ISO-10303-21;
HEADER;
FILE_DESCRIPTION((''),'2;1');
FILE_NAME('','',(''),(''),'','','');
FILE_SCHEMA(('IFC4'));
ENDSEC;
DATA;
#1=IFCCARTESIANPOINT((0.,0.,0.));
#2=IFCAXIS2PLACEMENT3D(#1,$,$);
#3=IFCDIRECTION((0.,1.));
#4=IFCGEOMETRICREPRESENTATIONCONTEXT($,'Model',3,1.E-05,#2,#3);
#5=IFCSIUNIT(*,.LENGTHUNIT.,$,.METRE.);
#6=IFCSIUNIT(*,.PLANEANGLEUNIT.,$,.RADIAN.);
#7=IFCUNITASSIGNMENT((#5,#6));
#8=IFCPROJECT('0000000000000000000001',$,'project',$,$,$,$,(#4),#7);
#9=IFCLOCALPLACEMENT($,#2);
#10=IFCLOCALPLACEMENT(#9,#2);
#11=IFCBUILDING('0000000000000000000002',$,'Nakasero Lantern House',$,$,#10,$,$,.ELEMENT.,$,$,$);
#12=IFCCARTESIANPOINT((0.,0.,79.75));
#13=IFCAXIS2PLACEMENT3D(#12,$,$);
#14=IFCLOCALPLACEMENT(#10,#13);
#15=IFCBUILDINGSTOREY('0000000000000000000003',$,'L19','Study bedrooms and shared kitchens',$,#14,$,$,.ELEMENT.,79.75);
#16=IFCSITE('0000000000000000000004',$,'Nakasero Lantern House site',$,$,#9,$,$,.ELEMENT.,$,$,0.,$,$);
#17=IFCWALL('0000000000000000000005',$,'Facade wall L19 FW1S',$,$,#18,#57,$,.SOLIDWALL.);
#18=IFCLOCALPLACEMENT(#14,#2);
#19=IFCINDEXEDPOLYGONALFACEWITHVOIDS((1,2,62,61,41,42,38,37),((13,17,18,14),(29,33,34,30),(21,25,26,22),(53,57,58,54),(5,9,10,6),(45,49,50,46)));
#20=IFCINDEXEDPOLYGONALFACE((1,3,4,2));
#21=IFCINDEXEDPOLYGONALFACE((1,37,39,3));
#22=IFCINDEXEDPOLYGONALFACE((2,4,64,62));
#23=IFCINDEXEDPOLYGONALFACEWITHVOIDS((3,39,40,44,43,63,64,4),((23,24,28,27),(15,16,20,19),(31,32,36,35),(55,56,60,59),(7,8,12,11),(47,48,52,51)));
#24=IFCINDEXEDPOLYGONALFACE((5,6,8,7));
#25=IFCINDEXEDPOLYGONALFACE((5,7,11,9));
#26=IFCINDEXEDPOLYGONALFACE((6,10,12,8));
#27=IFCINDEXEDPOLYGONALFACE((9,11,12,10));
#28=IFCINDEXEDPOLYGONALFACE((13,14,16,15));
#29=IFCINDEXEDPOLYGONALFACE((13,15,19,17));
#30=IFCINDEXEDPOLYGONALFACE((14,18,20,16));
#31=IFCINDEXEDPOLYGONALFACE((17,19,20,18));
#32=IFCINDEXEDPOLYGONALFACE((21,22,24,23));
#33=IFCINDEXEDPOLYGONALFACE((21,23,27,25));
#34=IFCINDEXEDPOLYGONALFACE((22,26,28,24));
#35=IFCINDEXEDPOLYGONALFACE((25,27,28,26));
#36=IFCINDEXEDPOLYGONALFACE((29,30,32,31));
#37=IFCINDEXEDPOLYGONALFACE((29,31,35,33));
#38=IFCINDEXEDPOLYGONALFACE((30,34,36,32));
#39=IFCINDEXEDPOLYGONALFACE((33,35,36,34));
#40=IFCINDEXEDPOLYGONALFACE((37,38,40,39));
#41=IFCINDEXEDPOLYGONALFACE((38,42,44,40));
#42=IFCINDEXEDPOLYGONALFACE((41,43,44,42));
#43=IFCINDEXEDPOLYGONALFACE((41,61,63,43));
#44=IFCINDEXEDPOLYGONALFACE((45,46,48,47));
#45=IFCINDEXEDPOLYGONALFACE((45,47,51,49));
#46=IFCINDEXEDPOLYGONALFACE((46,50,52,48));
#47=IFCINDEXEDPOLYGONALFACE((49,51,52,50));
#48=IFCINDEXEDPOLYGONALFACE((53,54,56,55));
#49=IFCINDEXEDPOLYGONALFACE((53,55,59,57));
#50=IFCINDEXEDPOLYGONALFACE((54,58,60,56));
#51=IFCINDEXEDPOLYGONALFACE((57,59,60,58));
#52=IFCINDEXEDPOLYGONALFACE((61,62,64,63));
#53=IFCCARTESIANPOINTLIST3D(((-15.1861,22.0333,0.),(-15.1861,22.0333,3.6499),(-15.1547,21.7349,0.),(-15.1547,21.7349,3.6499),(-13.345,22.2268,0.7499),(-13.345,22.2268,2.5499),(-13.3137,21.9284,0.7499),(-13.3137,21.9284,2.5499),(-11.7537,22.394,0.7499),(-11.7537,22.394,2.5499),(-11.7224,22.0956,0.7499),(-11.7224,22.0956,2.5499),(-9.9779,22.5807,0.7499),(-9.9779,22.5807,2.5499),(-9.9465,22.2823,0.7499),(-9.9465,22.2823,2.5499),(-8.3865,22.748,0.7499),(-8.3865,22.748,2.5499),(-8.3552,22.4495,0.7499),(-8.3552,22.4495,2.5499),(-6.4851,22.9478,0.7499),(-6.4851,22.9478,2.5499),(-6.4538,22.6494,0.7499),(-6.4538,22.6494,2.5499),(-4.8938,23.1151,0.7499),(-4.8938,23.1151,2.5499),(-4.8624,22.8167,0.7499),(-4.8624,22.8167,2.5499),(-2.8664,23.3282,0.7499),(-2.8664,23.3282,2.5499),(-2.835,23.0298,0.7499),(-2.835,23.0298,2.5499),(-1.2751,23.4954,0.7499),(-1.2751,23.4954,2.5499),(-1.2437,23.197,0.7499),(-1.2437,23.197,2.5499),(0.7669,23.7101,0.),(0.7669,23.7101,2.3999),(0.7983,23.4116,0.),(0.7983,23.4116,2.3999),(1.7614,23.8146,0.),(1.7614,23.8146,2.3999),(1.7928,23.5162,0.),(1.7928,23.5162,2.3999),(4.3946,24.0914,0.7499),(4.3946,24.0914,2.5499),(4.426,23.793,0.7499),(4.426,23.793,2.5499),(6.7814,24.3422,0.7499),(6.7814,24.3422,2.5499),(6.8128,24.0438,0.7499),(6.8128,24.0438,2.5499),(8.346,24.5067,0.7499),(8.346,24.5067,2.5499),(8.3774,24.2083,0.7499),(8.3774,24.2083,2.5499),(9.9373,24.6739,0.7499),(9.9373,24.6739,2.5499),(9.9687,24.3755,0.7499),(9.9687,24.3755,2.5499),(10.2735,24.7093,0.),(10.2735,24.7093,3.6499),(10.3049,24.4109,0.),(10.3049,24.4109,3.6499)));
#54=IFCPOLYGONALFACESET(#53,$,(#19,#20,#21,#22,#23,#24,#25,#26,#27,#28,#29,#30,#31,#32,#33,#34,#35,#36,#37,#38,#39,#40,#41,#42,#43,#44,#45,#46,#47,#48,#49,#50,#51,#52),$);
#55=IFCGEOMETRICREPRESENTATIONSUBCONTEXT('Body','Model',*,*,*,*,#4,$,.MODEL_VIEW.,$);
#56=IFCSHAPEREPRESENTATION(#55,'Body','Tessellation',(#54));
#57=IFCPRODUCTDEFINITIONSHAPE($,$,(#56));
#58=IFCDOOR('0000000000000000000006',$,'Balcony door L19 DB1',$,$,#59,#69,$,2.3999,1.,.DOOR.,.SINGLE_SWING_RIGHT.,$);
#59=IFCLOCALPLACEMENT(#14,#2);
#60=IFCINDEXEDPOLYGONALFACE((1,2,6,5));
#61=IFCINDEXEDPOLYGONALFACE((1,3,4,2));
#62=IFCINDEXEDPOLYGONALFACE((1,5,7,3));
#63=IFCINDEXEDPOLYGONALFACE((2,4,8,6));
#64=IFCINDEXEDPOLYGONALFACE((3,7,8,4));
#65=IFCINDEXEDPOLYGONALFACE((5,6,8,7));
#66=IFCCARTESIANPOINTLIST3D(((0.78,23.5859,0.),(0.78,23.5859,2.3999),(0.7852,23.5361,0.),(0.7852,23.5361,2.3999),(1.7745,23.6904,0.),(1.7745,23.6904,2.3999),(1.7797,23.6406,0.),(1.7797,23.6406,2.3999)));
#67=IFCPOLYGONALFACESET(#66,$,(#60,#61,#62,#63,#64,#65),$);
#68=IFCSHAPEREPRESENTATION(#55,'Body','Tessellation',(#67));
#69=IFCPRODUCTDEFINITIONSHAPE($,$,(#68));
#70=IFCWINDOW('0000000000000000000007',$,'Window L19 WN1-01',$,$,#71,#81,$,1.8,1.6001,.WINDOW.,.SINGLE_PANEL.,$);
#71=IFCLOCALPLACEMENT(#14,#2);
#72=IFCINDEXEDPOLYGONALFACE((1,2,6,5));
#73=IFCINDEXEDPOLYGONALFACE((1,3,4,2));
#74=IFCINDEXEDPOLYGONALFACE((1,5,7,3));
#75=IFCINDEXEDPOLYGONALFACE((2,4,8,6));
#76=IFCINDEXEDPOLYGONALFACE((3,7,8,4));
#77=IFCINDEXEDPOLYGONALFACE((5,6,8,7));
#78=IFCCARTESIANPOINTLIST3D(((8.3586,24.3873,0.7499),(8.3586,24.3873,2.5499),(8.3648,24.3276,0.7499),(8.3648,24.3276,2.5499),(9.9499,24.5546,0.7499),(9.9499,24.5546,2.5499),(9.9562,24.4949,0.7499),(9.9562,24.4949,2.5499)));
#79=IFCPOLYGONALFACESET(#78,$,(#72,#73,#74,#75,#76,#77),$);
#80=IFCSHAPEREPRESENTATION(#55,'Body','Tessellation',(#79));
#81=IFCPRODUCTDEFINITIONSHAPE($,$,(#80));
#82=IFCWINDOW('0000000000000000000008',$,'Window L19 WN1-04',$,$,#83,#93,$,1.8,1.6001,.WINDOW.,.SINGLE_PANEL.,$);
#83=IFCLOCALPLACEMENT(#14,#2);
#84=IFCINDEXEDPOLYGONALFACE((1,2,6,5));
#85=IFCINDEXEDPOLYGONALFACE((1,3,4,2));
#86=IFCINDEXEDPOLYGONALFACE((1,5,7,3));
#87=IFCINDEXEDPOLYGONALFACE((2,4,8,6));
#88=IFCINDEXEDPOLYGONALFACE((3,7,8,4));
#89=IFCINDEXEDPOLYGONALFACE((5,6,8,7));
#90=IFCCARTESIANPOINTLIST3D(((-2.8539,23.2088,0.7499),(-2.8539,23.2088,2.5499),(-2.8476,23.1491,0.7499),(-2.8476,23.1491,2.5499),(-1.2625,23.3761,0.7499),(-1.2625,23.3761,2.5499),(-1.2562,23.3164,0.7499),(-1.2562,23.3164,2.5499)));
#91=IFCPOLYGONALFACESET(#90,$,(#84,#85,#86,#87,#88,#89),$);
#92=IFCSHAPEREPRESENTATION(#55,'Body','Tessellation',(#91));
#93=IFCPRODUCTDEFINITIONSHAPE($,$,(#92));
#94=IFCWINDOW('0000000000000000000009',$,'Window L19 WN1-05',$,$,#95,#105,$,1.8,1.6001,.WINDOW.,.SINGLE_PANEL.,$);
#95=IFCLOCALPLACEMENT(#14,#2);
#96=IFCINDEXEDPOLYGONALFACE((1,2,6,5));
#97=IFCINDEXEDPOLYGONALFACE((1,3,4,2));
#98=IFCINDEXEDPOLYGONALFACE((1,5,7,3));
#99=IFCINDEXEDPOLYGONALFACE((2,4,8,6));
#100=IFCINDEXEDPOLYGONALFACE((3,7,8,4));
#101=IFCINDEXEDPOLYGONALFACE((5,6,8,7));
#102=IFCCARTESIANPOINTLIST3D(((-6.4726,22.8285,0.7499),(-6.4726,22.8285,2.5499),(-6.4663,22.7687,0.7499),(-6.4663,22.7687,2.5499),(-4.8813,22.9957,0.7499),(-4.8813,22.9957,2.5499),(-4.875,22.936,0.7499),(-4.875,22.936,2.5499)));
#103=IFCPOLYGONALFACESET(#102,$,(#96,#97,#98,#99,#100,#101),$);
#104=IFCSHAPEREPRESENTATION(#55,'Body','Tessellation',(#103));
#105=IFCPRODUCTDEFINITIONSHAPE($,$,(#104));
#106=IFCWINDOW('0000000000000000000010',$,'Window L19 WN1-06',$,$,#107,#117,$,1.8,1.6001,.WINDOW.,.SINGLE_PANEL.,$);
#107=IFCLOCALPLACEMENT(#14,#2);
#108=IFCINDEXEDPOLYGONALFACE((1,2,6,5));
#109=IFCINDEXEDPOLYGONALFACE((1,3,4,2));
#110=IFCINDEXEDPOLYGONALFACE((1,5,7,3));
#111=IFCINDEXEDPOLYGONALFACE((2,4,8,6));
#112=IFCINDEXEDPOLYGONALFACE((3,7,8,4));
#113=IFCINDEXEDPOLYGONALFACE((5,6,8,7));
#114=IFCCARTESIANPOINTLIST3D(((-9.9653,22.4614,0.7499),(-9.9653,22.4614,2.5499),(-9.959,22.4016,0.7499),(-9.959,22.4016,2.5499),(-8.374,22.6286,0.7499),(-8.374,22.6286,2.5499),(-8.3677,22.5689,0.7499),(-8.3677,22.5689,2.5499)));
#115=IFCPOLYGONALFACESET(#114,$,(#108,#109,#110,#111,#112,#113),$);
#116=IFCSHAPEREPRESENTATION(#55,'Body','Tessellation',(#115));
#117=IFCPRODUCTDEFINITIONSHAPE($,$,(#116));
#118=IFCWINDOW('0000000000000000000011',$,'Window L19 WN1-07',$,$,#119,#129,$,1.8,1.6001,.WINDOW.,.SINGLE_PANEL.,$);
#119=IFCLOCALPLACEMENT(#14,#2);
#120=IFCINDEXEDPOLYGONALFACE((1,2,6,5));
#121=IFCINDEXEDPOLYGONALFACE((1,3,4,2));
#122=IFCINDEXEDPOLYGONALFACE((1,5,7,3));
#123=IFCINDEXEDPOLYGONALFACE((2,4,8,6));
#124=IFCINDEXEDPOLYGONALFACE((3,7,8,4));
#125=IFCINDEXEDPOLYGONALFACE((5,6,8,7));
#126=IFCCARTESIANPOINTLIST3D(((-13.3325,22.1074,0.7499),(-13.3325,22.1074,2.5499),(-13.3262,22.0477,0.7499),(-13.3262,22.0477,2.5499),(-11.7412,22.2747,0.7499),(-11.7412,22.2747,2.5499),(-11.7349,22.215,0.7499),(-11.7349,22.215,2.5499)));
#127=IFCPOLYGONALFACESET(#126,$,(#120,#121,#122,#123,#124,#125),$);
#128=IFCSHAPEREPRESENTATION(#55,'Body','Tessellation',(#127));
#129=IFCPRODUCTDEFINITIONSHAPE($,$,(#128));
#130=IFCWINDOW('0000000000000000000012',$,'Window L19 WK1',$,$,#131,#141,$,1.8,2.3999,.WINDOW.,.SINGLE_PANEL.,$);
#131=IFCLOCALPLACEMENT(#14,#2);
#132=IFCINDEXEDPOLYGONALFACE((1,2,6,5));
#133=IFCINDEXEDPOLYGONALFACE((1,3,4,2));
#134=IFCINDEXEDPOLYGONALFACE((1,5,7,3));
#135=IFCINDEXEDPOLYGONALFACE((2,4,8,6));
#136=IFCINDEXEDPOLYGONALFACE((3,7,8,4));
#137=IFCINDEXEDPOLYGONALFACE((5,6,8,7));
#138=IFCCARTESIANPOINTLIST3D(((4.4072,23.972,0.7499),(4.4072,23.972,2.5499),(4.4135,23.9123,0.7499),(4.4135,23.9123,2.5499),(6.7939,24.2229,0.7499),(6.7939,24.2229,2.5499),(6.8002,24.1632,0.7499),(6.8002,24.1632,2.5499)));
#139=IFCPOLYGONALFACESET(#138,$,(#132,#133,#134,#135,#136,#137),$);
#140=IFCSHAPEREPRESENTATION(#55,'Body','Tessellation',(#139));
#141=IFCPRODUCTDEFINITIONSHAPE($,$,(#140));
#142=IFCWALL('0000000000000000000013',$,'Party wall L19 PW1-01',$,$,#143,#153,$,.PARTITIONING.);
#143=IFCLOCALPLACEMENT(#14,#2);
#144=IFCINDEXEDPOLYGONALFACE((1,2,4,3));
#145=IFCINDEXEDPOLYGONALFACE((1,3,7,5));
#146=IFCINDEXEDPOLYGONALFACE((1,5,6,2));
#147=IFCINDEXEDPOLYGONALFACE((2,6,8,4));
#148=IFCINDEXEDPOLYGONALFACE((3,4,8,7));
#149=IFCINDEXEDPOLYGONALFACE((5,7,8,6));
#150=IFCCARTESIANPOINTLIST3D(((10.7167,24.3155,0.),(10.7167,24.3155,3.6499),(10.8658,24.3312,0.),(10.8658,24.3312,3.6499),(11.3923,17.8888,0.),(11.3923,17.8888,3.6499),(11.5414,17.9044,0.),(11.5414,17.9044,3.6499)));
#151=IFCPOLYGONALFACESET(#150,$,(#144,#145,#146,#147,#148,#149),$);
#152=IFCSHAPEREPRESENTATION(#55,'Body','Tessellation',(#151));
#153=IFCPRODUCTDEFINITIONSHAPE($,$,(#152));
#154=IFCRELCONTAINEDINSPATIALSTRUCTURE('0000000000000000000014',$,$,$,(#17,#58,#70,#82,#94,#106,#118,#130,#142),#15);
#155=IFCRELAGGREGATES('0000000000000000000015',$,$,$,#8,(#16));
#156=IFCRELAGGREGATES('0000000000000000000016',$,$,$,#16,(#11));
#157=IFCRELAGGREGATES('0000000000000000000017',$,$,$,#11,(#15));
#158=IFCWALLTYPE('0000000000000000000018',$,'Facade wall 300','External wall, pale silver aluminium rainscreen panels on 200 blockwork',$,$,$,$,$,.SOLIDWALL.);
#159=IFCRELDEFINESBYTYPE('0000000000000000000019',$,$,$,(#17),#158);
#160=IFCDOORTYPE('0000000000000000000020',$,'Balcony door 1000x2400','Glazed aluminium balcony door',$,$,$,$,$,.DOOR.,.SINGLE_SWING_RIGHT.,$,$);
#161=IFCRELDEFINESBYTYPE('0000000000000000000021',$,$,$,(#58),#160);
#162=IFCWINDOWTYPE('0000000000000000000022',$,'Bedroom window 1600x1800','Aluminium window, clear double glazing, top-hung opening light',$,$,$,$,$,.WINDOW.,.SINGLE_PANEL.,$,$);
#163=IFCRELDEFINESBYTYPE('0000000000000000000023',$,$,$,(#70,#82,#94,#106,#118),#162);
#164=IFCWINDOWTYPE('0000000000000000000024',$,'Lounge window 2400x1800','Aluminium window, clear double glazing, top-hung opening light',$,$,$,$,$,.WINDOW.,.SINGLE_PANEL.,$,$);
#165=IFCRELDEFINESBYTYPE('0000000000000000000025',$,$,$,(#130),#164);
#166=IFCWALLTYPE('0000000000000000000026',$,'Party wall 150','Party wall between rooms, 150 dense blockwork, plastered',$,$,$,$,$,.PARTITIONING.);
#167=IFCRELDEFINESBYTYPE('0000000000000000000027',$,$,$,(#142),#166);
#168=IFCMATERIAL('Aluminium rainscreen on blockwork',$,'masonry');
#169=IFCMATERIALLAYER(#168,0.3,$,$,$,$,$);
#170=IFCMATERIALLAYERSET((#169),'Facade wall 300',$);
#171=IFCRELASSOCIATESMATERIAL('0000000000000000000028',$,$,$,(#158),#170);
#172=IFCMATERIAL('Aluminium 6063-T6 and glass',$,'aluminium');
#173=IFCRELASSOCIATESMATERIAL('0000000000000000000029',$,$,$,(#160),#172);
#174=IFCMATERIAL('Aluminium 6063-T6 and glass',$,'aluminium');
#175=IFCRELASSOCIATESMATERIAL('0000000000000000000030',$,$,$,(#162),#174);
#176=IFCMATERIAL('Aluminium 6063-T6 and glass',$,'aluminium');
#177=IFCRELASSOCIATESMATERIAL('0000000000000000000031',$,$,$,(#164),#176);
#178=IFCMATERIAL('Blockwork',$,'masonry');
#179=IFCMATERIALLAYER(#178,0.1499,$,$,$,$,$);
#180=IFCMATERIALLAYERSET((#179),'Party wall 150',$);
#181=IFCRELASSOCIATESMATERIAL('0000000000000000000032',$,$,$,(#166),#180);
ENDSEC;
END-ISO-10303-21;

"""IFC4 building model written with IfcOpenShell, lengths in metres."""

from ifc_helpers import new_model, si_unit, direction, frame, frame_2d, origin, place, context, subcontext, project, spatial, rectangle, extrude, material, layer, layer_set, type_object, element, fill, save


model = new_model("IFC4")

# Units and contexts
model_context = context("Model", 3, precision=1e-05, world=origin(), true_north=direction((0.0, 1.0)))
body_context = subcontext(model_context, "Body", "Model", "MODEL_VIEW")
ifc_project = project(units=[si_unit("LENGTHUNIT", "METRE"), si_unit("PLANEANGLEUNIT", "RADIAN")], contexts=[model_context])

# Site, building, storey
site_placement = place(None, origin())
site = spatial("IfcSite", under=ifc_project, at=site_placement, Name="Nakasero Lantern House site", CompositionType="ELEMENT", RefElevation=0.0)
building_placement = place(site_placement, origin())
building = spatial("IfcBuilding", under=site, at=building_placement, Name="Nakasero Lantern House", CompositionType="ELEMENT")
storey_placement = place(building_placement, frame((0.0, 0.0, 79.75)))
storey = spatial("IfcBuildingStorey", under=building, at=storey_placement, Name="L19", Description="Study bedrooms and shared kitchens", CompositionType="ELEMENT", Elevation=79.75)

# Wall, openings, door, windows
ifc_material_1 = material(Name="Aluminium rainscreen on blockwork", Category="masonry")
ifc_layer_1 = layer(ifc_material_1, 0.3)
ifc_layer_set_1 = layer_set([ifc_layer_1], Name="Facade wall 300")
wall_type_1 = type_object("IfcWallType", Name="Facade wall 300", Description="External wall, pale silver aluminium rainscreen panels on 200 blockwork", PredefinedType="SOLIDWALL", material=ifc_layer_set_1)
wall_1_placement = place(storey_placement, frame((10.2891, 24.5601, 0.0), z_axis=(0.0, 0.0, 1.0), x_axis=(-0.994521, -0.104532, 0.0)))
wall_1 = element("IfcWall", 1, at=wall_1_placement, inside=storey, type_object=wall_type_1, Name="Facade wall L19 FW1S", PredefinedType="SOLIDWALL", context=body_context, shape_type="SweptSolid", body=[
    extrude(rectangle(XDim=25.5999, YDim=0.3, at=frame_2d((12.7998, 0.0))), origin(), (0.0, 0.0, 1.0), 3.6499),
])
opening_1_placement = place(wall_1_placement, frame((0.3379, 0.0, 0.75)))
opening_1 = element("IfcOpeningElement", 2, at=opening_1_placement, cuts=wall_1, PredefinedType="OPENING", context=body_context, shape_type="SweptSolid", body=[
    extrude(rectangle(XDim=1.6001, YDim=1.8, at=frame_2d((0.8, 0.8999))), frame((0.0, 0.1699, 0.0), z_axis=(0.0, -1.0, 0.0), x_axis=(1.0, 0.0, 0.0)), (0.0, 0.0, 1.0), 0.3401),
])
opening_2_placement = place(wall_1_placement, frame((11.6121, 0.0, 0.75)))
opening_2 = element("IfcOpeningElement", 3, at=opening_2_placement, cuts=wall_1, PredefinedType="OPENING", context=body_context, shape_type="SweptSolid", body=[
    extrude(rectangle(XDim=1.6001, YDim=1.8, at=frame_2d((0.8, 0.8999))), frame((0.0, 0.1699, 0.0), z_axis=(0.0, -1.0, 0.0), x_axis=(1.0, 0.0, 0.0)), (0.0, 0.0, 1.0), 0.3401),
])
opening_3_placement = place(wall_1_placement, frame((15.2507, 0.0, 0.75)))
opening_3 = element("IfcOpeningElement", 4, at=opening_3_placement, cuts=wall_1, PredefinedType="OPENING", context=body_context, shape_type="SweptSolid", body=[
    extrude(rectangle(XDim=1.6001, YDim=1.8, at=frame_2d((0.8, 0.8999))), frame((0.0, 0.1699, 0.0), z_axis=(0.0, -1.0, 0.0), x_axis=(1.0, 0.0, 0.0)), (0.0, 0.0, 1.0), 0.3401),
])
opening_4_placement = place(wall_1_placement, frame((18.7627, 0.0, 0.75)))
opening_4 = element("IfcOpeningElement", 5, at=opening_4_placement, cuts=wall_1, PredefinedType="OPENING", context=body_context, shape_type="SweptSolid", body=[
    extrude(rectangle(XDim=1.6001, YDim=1.8, at=frame_2d((0.8, 0.8999))), frame((0.0, 0.1699, 0.0), z_axis=(0.0, -1.0, 0.0), x_axis=(1.0, 0.0, 0.0)), (0.0, 0.0, 1.0), 0.3401),
])
opening_5_placement = place(wall_1_placement, frame((22.1484, 0.0, 0.75)))
opening_5 = element("IfcOpeningElement", 6, at=opening_5_placement, cuts=wall_1, PredefinedType="OPENING", context=body_context, shape_type="SweptSolid", body=[
    extrude(rectangle(XDim=1.6001, YDim=1.8, at=frame_2d((0.8, 0.8999))), frame((0.0, 0.1699, 0.0), z_axis=(0.0, -1.0, 0.0), x_axis=(1.0, 0.0, 0.0)), (0.0, 0.0, 1.0), 0.3401),
])
opening_6_placement = place(wall_1_placement, frame((3.5112, 0.0, 0.75)))
opening_6 = element("IfcOpeningElement", 7, at=opening_6_placement, cuts=wall_1, PredefinedType="OPENING", context=body_context, shape_type="SweptSolid", body=[
    extrude(rectangle(XDim=2.3999, YDim=1.8, at=frame_2d((1.2, 0.8999))), frame((0.0, 0.1699, 0.0), z_axis=(0.0, -1.0, 0.0), x_axis=(1.0, 0.0, 0.0)), (0.0, 0.0, 1.0), 0.3401),
])
opening_7_placement = place(wall_1_placement, frame((8.5588, 0.0, 0.0)))
opening_7 = element("IfcOpeningElement", 8, at=opening_7_placement, cuts=wall_1, PredefinedType="OPENING", context=body_context, shape_type="SweptSolid", body=[
    extrude(rectangle(XDim=1.0, YDim=2.3999, at=frame_2d((0.5, 1.2))), frame((0.0, 0.1699, 0.0), z_axis=(0.0, -1.0, 0.0), x_axis=(1.0, 0.0, 0.0)), (0.0, 0.0, 1.0), 0.3401),
])
ifc_material_2 = material(Name="Aluminium 6063-T6 and glass", Category="aluminium")
door_type_1 = type_object("IfcDoorType", Name="Balcony door 1000x2400", Description="Glazed aluminium balcony door", OperationType="SINGLE_SWING_RIGHT", PredefinedType="DOOR", material=ifc_material_2)
door_1_placement = place(opening_7_placement, origin())
door_1 = element("IfcDoor", 9, at=door_1_placement, inside=storey, type_object=door_type_1, Name="Balcony door L19 DB1", OperationType="SINGLE_SWING_RIGHT", OverallHeight=2.3999, OverallWidth=1.0, PredefinedType="DOOR", context=body_context, shape_type="SweptSolid", body=[
    extrude(rectangle(XDim=1.0, YDim=2.3999, at=frame_2d((0.5, 1.2))), frame((0.0, 0.0249, 0.0), z_axis=(0.0, -1.0, 0.0), x_axis=(1.0, 0.0, 0.0)), (0.0, 0.0, 1.0), 0.05),
])
fill(opening_7, door_1)
ifc_material_3 = material(Name="Aluminium 6063-T6 and glass", Category="aluminium")
window_type_1 = type_object("IfcWindowType", Name="Bedroom window 1600x1800", Description="Aluminium window, clear double glazing, top-hung opening light", PartitioningType="SINGLE_PANEL", PredefinedType="WINDOW", material=ifc_material_3)
window_1_placement = place(opening_1_placement, origin())
window_1 = element("IfcWindow", 10, at=window_1_placement, inside=storey, type_object=window_type_1, Name="Window L19 WN1-01", OverallHeight=1.8, OverallWidth=1.6001, PartitioningType="SINGLE_PANEL", PredefinedType="WINDOW", context=body_context, shape_type="SweptSolid", body=[
    extrude(rectangle(XDim=1.6001, YDim=1.8, at=frame_2d((0.8, 0.8999))), frame((0.0, 0.03, 0.0), z_axis=(0.0, -1.0, 0.0), x_axis=(1.0, 0.0, 0.0)), (0.0, 0.0, 1.0), 0.0601),
])
fill(opening_1, window_1)
window_2_placement = place(opening_2_placement, origin())
window_2 = element("IfcWindow", 11, at=window_2_placement, inside=storey, type_object=window_type_1, Name="Window L19 WN1-04", OverallHeight=1.8, OverallWidth=1.6001, PartitioningType="SINGLE_PANEL", PredefinedType="WINDOW", context=body_context, shape_type="SweptSolid", body=[
    extrude(rectangle(XDim=1.6001, YDim=1.8, at=frame_2d((0.8, 0.8999))), frame((0.0, 0.03, 0.0), z_axis=(0.0, -1.0, 0.0), x_axis=(1.0, 0.0, 0.0)), (0.0, 0.0, 1.0), 0.0601),
])
fill(opening_2, window_2)
window_3_placement = place(opening_3_placement, origin())
window_3 = element("IfcWindow", 12, at=window_3_placement, inside=storey, type_object=window_type_1, Name="Window L19 WN1-05", OverallHeight=1.8, OverallWidth=1.6001, PartitioningType="SINGLE_PANEL", PredefinedType="WINDOW", context=body_context, shape_type="SweptSolid", body=[
    extrude(rectangle(XDim=1.6001, YDim=1.8, at=frame_2d((0.8, 0.8999))), frame((0.0, 0.03, 0.0), z_axis=(0.0, -1.0, 0.0), x_axis=(1.0, 0.0, 0.0)), (0.0, 0.0, 1.0), 0.0601),
])
fill(opening_3, window_3)
window_4_placement = place(opening_4_placement, origin())
window_4 = element("IfcWindow", 13, at=window_4_placement, inside=storey, type_object=window_type_1, Name="Window L19 WN1-06", OverallHeight=1.8, OverallWidth=1.6001, PartitioningType="SINGLE_PANEL", PredefinedType="WINDOW", context=body_context, shape_type="SweptSolid", body=[
    extrude(rectangle(XDim=1.6001, YDim=1.8, at=frame_2d((0.8, 0.8999))), frame((0.0, 0.03, 0.0), z_axis=(0.0, -1.0, 0.0), x_axis=(1.0, 0.0, 0.0)), (0.0, 0.0, 1.0), 0.0601),
])
fill(opening_4, window_4)
window_5_placement = place(opening_5_placement, origin())
window_5 = element("IfcWindow", 14, at=window_5_placement, inside=storey, type_object=window_type_1, Name="Window L19 WN1-07", OverallHeight=1.8, OverallWidth=1.6001, PartitioningType="SINGLE_PANEL", PredefinedType="WINDOW", context=body_context, shape_type="SweptSolid", body=[
    extrude(rectangle(XDim=1.6001, YDim=1.8, at=frame_2d((0.8, 0.8999))), frame((0.0, 0.03, 0.0), z_axis=(0.0, -1.0, 0.0), x_axis=(1.0, 0.0, 0.0)), (0.0, 0.0, 1.0), 0.0601),
])
fill(opening_5, window_5)
ifc_material_4 = material(Name="Aluminium 6063-T6 and glass", Category="aluminium")
window_type_2 = type_object("IfcWindowType", Name="Lounge window 2400x1800", Description="Aluminium window, clear double glazing, top-hung opening light", PartitioningType="SINGLE_PANEL", PredefinedType="WINDOW", material=ifc_material_4)
window_6_placement = place(opening_6_placement, origin())
window_6 = element("IfcWindow", 15, at=window_6_placement, inside=storey, type_object=window_type_2, Name="Window L19 WK1", OverallHeight=1.8, OverallWidth=2.3999, PartitioningType="SINGLE_PANEL", PredefinedType="WINDOW", context=body_context, shape_type="SweptSolid", body=[
    extrude(rectangle(XDim=2.3999, YDim=1.8, at=frame_2d((1.2, 0.8999))), frame((0.0, 0.03, 0.0), z_axis=(0.0, -1.0, 0.0), x_axis=(1.0, 0.0, 0.0)), (0.0, 0.0, 1.0), 0.0601),
])
fill(opening_6, window_6)

# Wall
ifc_material_5 = material(Name="Blockwork", Category="masonry")
ifc_layer_2 = layer(ifc_material_5, 0.1499)
ifc_layer_set_2 = layer_set([ifc_layer_2], Name="Party wall 150")
wall_type_2 = type_object("IfcWallType", Name="Party wall 150", Description="Party wall between rooms, 150 dense blockwork, plastered", PredefinedType="PARTITIONING", material=ifc_layer_set_2)
wall_2_placement = place(storey_placement, frame((11.4668, 17.8967, 0.0), z_axis=(0.0, 0.0, 1.0), x_axis=(-0.104537, 0.994521, 0.0)))
element("IfcWall", 16, at=wall_2_placement, inside=storey, type_object=wall_type_2, Name="Party wall L19 PW1-01", PredefinedType="PARTITIONING", context=body_context, shape_type="SweptSolid", body=[
    extrude(rectangle(XDim=6.4622, YDim=0.1499, at=frame_2d((3.231, 0.0))), origin(), (0.0, 0.0, 1.0), 3.6499),
])

save(model, "model.ifc")
